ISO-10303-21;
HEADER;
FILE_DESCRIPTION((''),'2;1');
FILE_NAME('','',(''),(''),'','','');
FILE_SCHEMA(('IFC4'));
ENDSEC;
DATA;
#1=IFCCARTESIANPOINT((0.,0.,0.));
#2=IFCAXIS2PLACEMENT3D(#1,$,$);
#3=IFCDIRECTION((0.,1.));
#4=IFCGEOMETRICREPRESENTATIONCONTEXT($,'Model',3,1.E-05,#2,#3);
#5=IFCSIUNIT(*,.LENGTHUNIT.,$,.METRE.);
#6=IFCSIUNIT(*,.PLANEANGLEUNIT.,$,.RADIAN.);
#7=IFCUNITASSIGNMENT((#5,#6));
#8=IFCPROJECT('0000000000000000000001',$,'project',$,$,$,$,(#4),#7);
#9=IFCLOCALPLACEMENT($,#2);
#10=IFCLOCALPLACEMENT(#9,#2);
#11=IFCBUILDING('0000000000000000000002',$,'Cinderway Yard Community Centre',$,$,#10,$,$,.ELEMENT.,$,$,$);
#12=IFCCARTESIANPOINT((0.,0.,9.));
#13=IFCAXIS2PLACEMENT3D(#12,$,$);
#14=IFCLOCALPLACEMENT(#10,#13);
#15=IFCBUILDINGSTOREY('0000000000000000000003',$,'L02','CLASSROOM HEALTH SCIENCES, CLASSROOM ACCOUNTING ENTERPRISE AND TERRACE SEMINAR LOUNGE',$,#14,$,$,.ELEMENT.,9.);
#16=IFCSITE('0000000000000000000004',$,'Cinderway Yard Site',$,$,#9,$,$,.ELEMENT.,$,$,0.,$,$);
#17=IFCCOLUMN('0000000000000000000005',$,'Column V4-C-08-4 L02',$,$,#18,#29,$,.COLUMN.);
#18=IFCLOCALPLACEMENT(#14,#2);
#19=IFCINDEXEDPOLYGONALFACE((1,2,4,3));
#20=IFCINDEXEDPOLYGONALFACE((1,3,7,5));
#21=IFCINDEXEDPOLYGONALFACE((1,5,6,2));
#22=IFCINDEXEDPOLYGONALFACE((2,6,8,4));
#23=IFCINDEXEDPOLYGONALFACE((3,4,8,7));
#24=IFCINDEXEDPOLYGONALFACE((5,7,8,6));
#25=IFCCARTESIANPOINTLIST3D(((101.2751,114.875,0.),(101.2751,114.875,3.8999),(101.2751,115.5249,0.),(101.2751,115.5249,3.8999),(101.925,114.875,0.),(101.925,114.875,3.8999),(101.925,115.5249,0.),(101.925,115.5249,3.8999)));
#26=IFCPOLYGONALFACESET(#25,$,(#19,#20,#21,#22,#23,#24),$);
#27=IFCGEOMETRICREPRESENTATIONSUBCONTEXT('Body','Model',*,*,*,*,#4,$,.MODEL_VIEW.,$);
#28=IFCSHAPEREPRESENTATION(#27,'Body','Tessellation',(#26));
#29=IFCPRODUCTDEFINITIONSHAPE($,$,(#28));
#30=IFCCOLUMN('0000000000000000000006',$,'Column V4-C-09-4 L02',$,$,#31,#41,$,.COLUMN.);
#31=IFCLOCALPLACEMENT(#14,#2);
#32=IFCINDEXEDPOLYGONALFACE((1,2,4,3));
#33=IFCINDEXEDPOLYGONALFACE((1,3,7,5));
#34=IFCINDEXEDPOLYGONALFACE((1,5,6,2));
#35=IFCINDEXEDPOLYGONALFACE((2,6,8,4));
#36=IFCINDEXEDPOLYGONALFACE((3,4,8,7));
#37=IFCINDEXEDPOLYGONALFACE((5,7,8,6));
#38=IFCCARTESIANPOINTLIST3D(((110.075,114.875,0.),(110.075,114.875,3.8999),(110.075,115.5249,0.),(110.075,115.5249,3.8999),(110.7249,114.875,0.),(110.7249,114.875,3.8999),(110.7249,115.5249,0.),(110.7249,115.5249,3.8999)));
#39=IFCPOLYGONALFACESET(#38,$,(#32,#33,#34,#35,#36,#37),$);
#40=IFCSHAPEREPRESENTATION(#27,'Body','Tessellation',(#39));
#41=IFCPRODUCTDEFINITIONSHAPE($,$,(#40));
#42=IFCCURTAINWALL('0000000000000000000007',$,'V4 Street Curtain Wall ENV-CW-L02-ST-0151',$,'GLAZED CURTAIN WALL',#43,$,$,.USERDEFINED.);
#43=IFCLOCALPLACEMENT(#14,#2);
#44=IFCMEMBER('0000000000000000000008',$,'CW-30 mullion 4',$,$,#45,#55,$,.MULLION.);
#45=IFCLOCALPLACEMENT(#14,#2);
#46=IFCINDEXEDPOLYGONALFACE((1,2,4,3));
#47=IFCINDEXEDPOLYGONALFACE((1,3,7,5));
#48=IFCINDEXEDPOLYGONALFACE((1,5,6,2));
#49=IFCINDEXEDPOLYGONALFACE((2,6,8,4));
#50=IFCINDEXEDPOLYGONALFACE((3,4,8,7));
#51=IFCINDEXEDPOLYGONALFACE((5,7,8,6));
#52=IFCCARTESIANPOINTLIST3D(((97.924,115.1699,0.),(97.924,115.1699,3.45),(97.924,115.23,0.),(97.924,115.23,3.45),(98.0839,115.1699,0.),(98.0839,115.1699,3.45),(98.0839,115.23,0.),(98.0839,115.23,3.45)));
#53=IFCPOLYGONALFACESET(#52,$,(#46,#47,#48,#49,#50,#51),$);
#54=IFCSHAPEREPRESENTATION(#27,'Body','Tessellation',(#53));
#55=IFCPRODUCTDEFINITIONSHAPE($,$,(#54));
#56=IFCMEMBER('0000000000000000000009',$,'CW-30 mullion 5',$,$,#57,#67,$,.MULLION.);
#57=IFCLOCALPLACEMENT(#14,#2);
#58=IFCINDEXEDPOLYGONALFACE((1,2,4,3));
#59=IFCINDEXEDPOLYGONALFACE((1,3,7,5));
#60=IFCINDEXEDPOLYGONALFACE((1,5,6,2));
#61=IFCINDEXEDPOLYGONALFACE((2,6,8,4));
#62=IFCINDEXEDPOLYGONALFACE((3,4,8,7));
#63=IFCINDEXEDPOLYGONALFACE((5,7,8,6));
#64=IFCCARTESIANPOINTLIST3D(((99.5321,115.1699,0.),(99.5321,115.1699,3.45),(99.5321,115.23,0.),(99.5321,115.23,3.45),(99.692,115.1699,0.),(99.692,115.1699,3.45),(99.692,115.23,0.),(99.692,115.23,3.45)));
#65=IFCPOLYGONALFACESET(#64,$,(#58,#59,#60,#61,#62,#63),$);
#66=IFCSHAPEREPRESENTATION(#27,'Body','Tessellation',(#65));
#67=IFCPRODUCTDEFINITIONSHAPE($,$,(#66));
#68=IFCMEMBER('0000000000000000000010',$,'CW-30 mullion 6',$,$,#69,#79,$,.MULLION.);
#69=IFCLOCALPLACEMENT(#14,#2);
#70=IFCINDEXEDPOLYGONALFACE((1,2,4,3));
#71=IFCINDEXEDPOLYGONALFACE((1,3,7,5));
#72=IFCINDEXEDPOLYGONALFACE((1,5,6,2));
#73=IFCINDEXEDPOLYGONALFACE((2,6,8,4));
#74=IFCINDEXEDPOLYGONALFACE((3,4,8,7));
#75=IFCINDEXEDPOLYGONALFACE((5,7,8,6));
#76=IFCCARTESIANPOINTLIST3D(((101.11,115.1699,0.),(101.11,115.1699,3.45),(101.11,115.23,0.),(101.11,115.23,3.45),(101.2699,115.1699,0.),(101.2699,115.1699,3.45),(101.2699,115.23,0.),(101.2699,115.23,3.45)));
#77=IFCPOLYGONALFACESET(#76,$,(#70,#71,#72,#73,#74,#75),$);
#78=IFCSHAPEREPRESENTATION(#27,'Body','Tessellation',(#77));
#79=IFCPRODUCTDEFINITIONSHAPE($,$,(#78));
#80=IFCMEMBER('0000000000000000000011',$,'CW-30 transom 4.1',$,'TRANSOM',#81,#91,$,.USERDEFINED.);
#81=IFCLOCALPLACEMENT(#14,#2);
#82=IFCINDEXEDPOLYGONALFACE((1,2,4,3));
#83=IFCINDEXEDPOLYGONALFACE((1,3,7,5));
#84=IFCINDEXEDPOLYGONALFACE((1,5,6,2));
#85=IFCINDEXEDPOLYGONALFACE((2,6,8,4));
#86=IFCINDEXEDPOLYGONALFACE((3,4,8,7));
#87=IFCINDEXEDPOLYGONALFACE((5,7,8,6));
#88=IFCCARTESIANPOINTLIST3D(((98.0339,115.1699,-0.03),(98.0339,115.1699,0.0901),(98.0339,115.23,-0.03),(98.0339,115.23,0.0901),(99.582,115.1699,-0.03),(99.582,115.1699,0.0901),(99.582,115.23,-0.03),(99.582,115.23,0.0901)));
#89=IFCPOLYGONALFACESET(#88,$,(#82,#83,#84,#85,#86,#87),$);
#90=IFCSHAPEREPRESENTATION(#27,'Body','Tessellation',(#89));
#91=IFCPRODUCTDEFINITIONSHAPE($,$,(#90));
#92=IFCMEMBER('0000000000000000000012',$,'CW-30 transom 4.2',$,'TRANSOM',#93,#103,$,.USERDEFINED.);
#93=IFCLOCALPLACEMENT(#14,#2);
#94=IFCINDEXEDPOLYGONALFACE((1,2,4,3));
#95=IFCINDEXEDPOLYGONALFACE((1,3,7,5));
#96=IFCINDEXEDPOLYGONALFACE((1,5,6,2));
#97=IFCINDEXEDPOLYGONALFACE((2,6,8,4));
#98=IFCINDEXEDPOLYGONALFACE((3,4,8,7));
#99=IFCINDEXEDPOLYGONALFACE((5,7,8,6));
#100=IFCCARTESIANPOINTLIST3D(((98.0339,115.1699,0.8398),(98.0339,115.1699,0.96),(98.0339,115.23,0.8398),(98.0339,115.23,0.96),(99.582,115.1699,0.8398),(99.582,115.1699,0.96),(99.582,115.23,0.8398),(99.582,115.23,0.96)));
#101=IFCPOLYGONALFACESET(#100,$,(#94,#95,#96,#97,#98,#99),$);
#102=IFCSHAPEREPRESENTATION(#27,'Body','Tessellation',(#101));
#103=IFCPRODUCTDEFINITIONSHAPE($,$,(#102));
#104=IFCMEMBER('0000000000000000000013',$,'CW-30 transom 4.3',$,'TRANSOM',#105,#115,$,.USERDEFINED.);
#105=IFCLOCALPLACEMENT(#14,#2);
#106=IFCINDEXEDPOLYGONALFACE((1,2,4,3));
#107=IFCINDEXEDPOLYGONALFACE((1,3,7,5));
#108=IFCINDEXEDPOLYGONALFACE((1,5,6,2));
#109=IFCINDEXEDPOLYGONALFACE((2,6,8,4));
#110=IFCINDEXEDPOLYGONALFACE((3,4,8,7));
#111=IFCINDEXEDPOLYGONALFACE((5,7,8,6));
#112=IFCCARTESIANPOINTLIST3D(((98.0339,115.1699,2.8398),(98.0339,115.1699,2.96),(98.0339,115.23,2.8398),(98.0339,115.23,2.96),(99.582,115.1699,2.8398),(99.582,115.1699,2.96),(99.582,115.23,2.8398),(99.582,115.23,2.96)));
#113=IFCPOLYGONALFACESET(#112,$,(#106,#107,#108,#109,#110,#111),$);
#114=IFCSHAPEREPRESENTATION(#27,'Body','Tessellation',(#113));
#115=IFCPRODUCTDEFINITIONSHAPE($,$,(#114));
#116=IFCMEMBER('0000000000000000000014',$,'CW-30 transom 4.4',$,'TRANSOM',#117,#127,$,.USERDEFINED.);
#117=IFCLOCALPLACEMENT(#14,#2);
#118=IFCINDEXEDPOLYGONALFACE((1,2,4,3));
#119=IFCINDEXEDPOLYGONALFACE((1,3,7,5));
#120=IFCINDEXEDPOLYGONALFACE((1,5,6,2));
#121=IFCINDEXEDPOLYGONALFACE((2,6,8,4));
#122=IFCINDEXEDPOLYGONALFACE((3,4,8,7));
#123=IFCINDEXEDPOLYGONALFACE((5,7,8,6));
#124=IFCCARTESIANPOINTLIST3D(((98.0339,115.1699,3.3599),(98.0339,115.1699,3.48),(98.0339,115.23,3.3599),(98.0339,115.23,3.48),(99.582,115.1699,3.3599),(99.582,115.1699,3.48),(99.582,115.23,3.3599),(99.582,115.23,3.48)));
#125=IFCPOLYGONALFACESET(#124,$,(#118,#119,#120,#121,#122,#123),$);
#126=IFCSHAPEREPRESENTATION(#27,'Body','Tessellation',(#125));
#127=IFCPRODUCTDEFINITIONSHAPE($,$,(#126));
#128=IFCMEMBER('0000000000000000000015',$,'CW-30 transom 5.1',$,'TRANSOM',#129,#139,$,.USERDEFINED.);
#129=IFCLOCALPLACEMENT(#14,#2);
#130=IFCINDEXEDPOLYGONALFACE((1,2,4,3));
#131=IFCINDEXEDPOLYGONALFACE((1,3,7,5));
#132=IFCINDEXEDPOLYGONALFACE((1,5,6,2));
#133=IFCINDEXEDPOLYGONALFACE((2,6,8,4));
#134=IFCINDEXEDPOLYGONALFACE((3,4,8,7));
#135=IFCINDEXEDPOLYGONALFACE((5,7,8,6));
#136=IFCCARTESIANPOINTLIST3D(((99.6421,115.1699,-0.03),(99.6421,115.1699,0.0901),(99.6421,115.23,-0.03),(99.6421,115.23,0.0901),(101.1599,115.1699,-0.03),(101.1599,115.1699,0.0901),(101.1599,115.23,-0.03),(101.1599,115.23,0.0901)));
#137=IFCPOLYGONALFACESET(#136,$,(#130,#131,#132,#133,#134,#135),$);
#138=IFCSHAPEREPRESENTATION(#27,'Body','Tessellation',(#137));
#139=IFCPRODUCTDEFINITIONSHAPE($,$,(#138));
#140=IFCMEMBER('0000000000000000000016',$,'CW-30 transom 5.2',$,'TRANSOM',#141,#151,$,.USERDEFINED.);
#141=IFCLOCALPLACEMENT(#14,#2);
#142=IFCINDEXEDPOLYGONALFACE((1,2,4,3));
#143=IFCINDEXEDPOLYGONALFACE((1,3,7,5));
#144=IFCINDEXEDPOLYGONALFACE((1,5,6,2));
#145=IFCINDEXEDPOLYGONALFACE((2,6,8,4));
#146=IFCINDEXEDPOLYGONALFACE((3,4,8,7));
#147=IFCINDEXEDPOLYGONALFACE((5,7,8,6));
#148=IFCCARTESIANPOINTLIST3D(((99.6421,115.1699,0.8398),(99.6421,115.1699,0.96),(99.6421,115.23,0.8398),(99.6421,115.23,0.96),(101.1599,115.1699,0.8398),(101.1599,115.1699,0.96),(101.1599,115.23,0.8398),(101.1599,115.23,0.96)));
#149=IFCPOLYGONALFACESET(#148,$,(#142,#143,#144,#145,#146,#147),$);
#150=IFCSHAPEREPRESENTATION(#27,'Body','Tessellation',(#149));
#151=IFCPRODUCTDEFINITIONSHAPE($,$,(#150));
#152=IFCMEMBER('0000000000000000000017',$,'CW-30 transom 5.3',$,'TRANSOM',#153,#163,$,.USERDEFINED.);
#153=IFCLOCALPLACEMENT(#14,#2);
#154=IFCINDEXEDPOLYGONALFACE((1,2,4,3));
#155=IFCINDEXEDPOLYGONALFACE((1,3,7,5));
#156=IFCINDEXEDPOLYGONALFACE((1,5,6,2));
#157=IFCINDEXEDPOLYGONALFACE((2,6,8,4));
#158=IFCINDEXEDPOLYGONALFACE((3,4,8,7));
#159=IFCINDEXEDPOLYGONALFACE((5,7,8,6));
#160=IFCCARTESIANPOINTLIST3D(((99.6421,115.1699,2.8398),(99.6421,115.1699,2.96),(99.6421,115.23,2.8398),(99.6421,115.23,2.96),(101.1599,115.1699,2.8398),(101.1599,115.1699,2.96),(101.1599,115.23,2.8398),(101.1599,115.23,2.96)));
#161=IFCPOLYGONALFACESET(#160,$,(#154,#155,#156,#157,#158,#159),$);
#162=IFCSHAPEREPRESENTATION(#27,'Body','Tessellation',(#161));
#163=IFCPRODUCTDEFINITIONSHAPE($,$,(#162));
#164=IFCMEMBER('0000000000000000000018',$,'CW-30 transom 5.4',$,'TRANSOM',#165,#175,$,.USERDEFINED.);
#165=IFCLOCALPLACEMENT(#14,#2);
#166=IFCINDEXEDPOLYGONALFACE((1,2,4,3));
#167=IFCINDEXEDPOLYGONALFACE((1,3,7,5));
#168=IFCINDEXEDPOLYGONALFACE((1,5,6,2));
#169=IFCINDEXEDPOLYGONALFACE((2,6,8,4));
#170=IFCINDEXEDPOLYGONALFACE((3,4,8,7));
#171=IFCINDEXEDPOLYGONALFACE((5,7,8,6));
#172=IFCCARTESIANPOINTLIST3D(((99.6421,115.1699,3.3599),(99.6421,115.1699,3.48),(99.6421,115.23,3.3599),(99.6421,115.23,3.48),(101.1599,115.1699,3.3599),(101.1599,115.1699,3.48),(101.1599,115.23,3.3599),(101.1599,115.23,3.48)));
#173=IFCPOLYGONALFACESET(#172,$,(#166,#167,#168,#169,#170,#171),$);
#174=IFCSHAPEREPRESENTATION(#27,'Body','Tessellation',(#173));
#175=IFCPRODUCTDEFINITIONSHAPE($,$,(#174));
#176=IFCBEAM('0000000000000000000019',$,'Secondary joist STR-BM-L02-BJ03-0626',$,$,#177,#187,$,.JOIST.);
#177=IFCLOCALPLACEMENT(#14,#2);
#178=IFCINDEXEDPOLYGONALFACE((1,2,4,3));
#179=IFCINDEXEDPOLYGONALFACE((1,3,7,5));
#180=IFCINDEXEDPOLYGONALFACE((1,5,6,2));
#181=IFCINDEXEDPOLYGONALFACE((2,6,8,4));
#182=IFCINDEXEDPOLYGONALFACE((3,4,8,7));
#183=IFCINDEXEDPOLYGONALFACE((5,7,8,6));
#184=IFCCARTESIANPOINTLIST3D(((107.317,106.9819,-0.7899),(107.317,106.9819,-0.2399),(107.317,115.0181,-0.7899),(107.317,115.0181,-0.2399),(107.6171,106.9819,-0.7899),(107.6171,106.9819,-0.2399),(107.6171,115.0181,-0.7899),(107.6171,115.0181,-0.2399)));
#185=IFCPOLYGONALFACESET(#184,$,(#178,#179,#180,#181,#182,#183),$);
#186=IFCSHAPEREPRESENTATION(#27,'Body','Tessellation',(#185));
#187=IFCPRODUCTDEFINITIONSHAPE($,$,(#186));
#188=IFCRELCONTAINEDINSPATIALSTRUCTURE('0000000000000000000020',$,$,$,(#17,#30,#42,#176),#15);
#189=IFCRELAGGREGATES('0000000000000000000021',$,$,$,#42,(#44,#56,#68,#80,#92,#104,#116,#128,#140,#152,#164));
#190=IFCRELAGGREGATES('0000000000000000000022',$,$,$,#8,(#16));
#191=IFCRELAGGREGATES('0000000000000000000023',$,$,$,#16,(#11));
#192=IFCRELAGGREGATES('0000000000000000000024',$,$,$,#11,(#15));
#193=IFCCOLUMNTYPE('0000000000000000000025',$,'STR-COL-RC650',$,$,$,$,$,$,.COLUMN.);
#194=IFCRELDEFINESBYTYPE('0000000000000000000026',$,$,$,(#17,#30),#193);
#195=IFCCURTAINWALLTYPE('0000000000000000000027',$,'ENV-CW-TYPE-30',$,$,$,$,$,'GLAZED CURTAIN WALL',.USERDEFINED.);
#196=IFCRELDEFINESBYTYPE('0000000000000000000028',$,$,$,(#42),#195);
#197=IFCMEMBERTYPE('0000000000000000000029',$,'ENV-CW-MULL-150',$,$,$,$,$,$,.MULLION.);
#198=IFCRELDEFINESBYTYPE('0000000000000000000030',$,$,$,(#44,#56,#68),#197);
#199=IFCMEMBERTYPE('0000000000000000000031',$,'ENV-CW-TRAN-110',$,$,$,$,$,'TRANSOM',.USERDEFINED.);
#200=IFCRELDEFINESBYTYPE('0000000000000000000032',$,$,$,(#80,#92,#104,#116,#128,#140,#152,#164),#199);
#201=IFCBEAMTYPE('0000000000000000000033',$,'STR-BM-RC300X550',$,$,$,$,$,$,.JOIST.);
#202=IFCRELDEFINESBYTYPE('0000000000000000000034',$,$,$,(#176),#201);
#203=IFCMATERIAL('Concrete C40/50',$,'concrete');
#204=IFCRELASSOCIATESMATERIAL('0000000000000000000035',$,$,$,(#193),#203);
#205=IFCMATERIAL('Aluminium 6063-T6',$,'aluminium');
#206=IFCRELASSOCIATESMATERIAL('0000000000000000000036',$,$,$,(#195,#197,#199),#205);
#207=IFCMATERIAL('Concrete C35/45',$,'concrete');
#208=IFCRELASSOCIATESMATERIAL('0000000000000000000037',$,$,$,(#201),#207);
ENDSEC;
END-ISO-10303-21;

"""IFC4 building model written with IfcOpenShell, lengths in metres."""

from ifc_helpers import new_model, si_unit, direction, frame, origin, origin_2d, place, context, subcontext, project, spatial, rectangle, extrude, material, material_profile, profile_set, type_object, element, aggregate, save


model = new_model("IFC4")

# Units and contexts
model_context = context("Model", 3, precision=1e-05, world=origin(), true_north=direction((0.0, 1.0)))
body_context = subcontext(model_context, "Body", "Model", "MODEL_VIEW")
ifc_project = project(units=[si_unit("LENGTHUNIT", "METRE"), si_unit("PLANEANGLEUNIT", "RADIAN")], contexts=[model_context])

# Site, building, storey
site_placement = place(None, origin())
site = spatial("IfcSite", under=ifc_project, at=site_placement, Name="Cinderway Yard Site", CompositionType="ELEMENT", RefElevation=0.0)
building_placement = place(site_placement, origin())
building = spatial("IfcBuilding", under=site, at=building_placement, Name="Cinderway Yard Community Centre", CompositionType="ELEMENT")
storey_placement = place(building_placement, frame((0.0, 0.0, 9.0)))
storey = spatial("IfcBuildingStorey", under=building, at=storey_placement, Name="L02", Description="CLASSROOM HEALTH SCIENCES, CLASSROOM ACCOUNTING ENTERPRISE AND TERRACE SEMINAR LOUNGE", CompositionType="ELEMENT", Elevation=9.0)

# Columns
ifc_material_1 = material(Name="Concrete C40/50", Category="concrete")
ifc_material_profile_1 = material_profile(ifc_material_1, rectangle(XDim=0.6499, YDim=0.6499, at=origin_2d()), Name="Concrete C40/50")
ifc_profile_set_1 = profile_set([ifc_material_profile_1], Name="Concrete C40/50")
column_type = type_object("IfcColumnType", Name="STR-COL-RC650", PredefinedType="COLUMN", material=ifc_profile_set_1)
for number, where, z_axis, x_axis, name in (
    (1, (101.6001, 115.2, 0.0), (0.0, 0.0, 1.0), (1.0, 0.0, 0.0), "Column V4-C-08-4 L02"),
    (2, (110.3999, 115.2, 0.0), (0.0, 0.0, 1.0), (1.0, 0.0, 0.0), "Column V4-C-09-4 L02"),
):
    element("IfcColumn", number, at=place(storey_placement, frame(where, z_axis=z_axis, x_axis=x_axis)), inside=storey, type_object=column_type, Name=name, PredefinedType="COLUMN", context=body_context, shape_type="SweptSolid", body=[
        extrude(rectangle(XDim=0.6499, YDim=0.6499, at=origin_2d()), origin(), (0.0, 0.0, 1.0), 3.8999),
    ])

# Curtain wall, members
ifc_material_2 = material(Name="Aluminium 6063-T6", Category="aluminium")
curtain_wall_type = type_object("IfcCurtainWallType", Name="ENV-CW-TYPE-30", ElementType="GLAZED CURTAIN WALL", PredefinedType="USERDEFINED", material=ifc_material_2)
curtain_wall_placement = place(storey_placement, origin())
curtain_wall = element("IfcCurtainWall", 3, at=curtain_wall_placement, inside=storey, type_object=curtain_wall_type, Name="V4 Street Curtain Wall ENV-CW-L02-ST-0151", ObjectType="GLAZED CURTAIN WALL", PredefinedType="USERDEFINED")
ifc_material_profile_2 = material_profile(ifc_material_2, rectangle(XDim=0.0601, YDim=0.1599, at=origin_2d()), Name="Aluminium 6063-T6")
ifc_profile_set_2 = profile_set([ifc_material_profile_2], Name="Aluminium 6063-T6")
member_type_1 = type_object("IfcMemberType", Name="ENV-CW-MULL-150", PredefinedType="MULLION", material=ifc_profile_set_2)
member_1_placement = place(storey_placement, frame((98.0039, 115.2, 0.0), z_axis=(0.0, 0.0, 1.0), x_axis=(0.0, 1.0, 0.0)))
member_1 = element("IfcMember", 4, at=member_1_placement, type_object=member_type_1, Name="CW-30 mullion 4", PredefinedType="MULLION", context=body_context, shape_type="SweptSolid", body=[
    extrude(rectangle(XDim=0.0601, YDim=0.1599, at=origin_2d()), origin(), (0.0, 0.0, 1.0), 3.45),
])
member_2_placement = place(storey_placement, frame((99.6121, 115.2, 0.0), z_axis=(0.0, 0.0, 1.0), x_axis=(0.0, 1.0, 0.0)))
member_2 = element("IfcMember", 5, at=member_2_placement, type_object=member_type_1, Name="CW-30 mullion 5", PredefinedType="MULLION", context=body_context, shape_type="SweptSolid", body=[
    extrude(rectangle(XDim=0.0601, YDim=0.1599, at=origin_2d()), origin(), (0.0, 0.0, 1.0), 3.45),
])
member_3_placement = place(storey_placement, frame((101.1899, 115.2, 0.0), z_axis=(0.0, 0.0, 1.0), x_axis=(0.0, 1.0, 0.0)))
member_3 = element("IfcMember", 6, at=member_3_placement, type_object=member_type_1, Name="CW-30 mullion 6", PredefinedType="MULLION", context=body_context, shape_type="SweptSolid", body=[
    extrude(rectangle(XDim=0.0601, YDim=0.1599, at=origin_2d()), origin(), (0.0, 0.0, 1.0), 3.45),
])
ifc_material_profile_3 = material_profile(ifc_material_2, rectangle(XDim=0.0601, YDim=0.1201, at=origin_2d()), Name="Aluminium 6063-T6")
ifc_profile_set_3 = profile_set([ifc_material_profile_3], Name="Aluminium 6063-T6")
member_type_2 = type_object("IfcMemberType", Name="ENV-CW-TRAN-110", ElementType="TRANSOM", PredefinedType="USERDEFINED", material=ifc_profile_set_3)
member_4_placement = place(storey_placement, frame((98.0339, 115.2, 0.03), z_axis=(1.0, 0.0, 0.0), x_axis=(0.0, 1.0, 0.0)))
member_4 = element("IfcMember", 7, at=member_4_placement, type_object=member_type_2, Name="CW-30 transom 4.1", ObjectType="TRANSOM", PredefinedType="USERDEFINED", context=body_context, shape_type="SweptSolid", body=[
    extrude(rectangle(XDim=0.0601, YDim=0.1201, at=origin_2d()), origin(), (0.0, 0.0, 1.0), 1.5481),
])
member_5_placement = place(storey_placement, frame((98.0339, 115.2, 0.8999), z_axis=(1.0, 0.0, 0.0), x_axis=(0.0, 1.0, 0.0)))
member_5 = element("IfcMember", 8, at=member_5_placement, type_object=member_type_2, Name="CW-30 transom 4.2", ObjectType="TRANSOM", PredefinedType="USERDEFINED", context=body_context, shape_type="SweptSolid", body=[
    extrude(rectangle(XDim=0.0601, YDim=0.1201, at=origin_2d()), origin(), (0.0, 0.0, 1.0), 1.5481),
])
member_6_placement = place(storey_placement, frame((98.0339, 115.2, 2.8999), z_axis=(1.0, 0.0, 0.0), x_axis=(0.0, 1.0, 0.0)))
member_6 = element("IfcMember", 9, at=member_6_placement, type_object=member_type_2, Name="CW-30 transom 4.3", ObjectType="TRANSOM", PredefinedType="USERDEFINED", context=body_context, shape_type="SweptSolid", body=[
    extrude(rectangle(XDim=0.0601, YDim=0.1201, at=origin_2d()), origin(), (0.0, 0.0, 1.0), 1.5481),
])
member_7_placement = place(storey_placement, frame((98.0339, 115.2, 3.4199), z_axis=(1.0, 0.0, 0.0), x_axis=(0.0, 1.0, 0.0)))
member_7 = element("IfcMember", 10, at=member_7_placement, type_object=member_type_2, Name="CW-30 transom 4.4", ObjectType="TRANSOM", PredefinedType="USERDEFINED", context=body_context, shape_type="SweptSolid", body=[
    extrude(rectangle(XDim=0.0601, YDim=0.1201, at=origin_2d()), origin(), (0.0, 0.0, 1.0), 1.5481),
])
member_8_placement = place(storey_placement, frame((99.6421, 115.2, 0.03), z_axis=(1.0, 0.0, 0.0), x_axis=(0.0, 1.0, 0.0)))
member_8 = element("IfcMember", 11, at=member_8_placement, type_object=member_type_2, Name="CW-30 transom 5.1", ObjectType="TRANSOM", PredefinedType="USERDEFINED", context=body_context, shape_type="SweptSolid", body=[
    extrude(rectangle(XDim=0.0601, YDim=0.1201, at=origin_2d()), origin(), (0.0, 0.0, 1.0), 1.5178),
])
member_9_placement = place(storey_placement, frame((99.6421, 115.2, 0.8999), z_axis=(1.0, 0.0, 0.0), x_axis=(0.0, 1.0, 0.0)))
member_9 = element("IfcMember", 12, at=member_9_placement, type_object=member_type_2, Name="CW-30 transom 5.2", ObjectType="TRANSOM", PredefinedType="USERDEFINED", context=body_context, shape_type="SweptSolid", body=[
    extrude(rectangle(XDim=0.0601, YDim=0.1201, at=origin_2d()), origin(), (0.0, 0.0, 1.0), 1.5178),
])
member_10_placement = place(storey_placement, frame((99.6421, 115.2, 2.8999), z_axis=(1.0, 0.0, 0.0), x_axis=(0.0, 1.0, 0.0)))
member_10 = element("IfcMember", 13, at=member_10_placement, type_object=member_type_2, Name="CW-30 transom 5.3", ObjectType="TRANSOM", PredefinedType="USERDEFINED", context=body_context, shape_type="SweptSolid", body=[
    extrude(rectangle(XDim=0.0601, YDim=0.1201, at=origin_2d()), origin(), (0.0, 0.0, 1.0), 1.5178),
])
member_11_placement = place(storey_placement, frame((99.6421, 115.2, 3.4199), z_axis=(1.0, 0.0, 0.0), x_axis=(0.0, 1.0, 0.0)))
member_11 = element("IfcMember", 14, at=member_11_placement, type_object=member_type_2, Name="CW-30 transom 5.4", ObjectType="TRANSOM", PredefinedType="USERDEFINED", context=body_context, shape_type="SweptSolid", body=[
    extrude(rectangle(XDim=0.0601, YDim=0.1201, at=origin_2d()), origin(), (0.0, 0.0, 1.0), 1.5178),
])

# Beam
ifc_material_3 = material(Name="Concrete C35/45", Category="concrete")
ifc_material_profile_4 = material_profile(ifc_material_3, rectangle(XDim=0.3, YDim=0.55, at=origin_2d()), Name="Concrete C35/45")
ifc_profile_set_4 = profile_set([ifc_material_profile_4], Name="Concrete C35/45")
beam_type_1 = type_object("IfcBeamType", Name="STR-BM-RC300X550", PredefinedType="JOIST", material=ifc_profile_set_4)
beam_1_placement = place(storey_placement, frame((107.467, 106.9819, -0.5149), z_axis=(0.0, 1.0, 0.0), x_axis=(-1.0, 0.0, 0.0)))
element("IfcBeam", 15, at=beam_1_placement, inside=storey, type_object=beam_type_1, Name="Secondary joist STR-BM-L02-BJ03-0626", PredefinedType="JOIST", context=body_context, shape_type="SweptSolid", body=[
    extrude(rectangle(XDim=0.3, YDim=0.55, at=origin_2d()), origin(), (0.0, 0.0, 1.0), 8.0361),
])

aggregate(curtain_wall, [member_1, member_2, member_3, member_4, member_5, member_6, member_7, member_8, member_9, member_10, member_11])

save(model, "model.ifc")
